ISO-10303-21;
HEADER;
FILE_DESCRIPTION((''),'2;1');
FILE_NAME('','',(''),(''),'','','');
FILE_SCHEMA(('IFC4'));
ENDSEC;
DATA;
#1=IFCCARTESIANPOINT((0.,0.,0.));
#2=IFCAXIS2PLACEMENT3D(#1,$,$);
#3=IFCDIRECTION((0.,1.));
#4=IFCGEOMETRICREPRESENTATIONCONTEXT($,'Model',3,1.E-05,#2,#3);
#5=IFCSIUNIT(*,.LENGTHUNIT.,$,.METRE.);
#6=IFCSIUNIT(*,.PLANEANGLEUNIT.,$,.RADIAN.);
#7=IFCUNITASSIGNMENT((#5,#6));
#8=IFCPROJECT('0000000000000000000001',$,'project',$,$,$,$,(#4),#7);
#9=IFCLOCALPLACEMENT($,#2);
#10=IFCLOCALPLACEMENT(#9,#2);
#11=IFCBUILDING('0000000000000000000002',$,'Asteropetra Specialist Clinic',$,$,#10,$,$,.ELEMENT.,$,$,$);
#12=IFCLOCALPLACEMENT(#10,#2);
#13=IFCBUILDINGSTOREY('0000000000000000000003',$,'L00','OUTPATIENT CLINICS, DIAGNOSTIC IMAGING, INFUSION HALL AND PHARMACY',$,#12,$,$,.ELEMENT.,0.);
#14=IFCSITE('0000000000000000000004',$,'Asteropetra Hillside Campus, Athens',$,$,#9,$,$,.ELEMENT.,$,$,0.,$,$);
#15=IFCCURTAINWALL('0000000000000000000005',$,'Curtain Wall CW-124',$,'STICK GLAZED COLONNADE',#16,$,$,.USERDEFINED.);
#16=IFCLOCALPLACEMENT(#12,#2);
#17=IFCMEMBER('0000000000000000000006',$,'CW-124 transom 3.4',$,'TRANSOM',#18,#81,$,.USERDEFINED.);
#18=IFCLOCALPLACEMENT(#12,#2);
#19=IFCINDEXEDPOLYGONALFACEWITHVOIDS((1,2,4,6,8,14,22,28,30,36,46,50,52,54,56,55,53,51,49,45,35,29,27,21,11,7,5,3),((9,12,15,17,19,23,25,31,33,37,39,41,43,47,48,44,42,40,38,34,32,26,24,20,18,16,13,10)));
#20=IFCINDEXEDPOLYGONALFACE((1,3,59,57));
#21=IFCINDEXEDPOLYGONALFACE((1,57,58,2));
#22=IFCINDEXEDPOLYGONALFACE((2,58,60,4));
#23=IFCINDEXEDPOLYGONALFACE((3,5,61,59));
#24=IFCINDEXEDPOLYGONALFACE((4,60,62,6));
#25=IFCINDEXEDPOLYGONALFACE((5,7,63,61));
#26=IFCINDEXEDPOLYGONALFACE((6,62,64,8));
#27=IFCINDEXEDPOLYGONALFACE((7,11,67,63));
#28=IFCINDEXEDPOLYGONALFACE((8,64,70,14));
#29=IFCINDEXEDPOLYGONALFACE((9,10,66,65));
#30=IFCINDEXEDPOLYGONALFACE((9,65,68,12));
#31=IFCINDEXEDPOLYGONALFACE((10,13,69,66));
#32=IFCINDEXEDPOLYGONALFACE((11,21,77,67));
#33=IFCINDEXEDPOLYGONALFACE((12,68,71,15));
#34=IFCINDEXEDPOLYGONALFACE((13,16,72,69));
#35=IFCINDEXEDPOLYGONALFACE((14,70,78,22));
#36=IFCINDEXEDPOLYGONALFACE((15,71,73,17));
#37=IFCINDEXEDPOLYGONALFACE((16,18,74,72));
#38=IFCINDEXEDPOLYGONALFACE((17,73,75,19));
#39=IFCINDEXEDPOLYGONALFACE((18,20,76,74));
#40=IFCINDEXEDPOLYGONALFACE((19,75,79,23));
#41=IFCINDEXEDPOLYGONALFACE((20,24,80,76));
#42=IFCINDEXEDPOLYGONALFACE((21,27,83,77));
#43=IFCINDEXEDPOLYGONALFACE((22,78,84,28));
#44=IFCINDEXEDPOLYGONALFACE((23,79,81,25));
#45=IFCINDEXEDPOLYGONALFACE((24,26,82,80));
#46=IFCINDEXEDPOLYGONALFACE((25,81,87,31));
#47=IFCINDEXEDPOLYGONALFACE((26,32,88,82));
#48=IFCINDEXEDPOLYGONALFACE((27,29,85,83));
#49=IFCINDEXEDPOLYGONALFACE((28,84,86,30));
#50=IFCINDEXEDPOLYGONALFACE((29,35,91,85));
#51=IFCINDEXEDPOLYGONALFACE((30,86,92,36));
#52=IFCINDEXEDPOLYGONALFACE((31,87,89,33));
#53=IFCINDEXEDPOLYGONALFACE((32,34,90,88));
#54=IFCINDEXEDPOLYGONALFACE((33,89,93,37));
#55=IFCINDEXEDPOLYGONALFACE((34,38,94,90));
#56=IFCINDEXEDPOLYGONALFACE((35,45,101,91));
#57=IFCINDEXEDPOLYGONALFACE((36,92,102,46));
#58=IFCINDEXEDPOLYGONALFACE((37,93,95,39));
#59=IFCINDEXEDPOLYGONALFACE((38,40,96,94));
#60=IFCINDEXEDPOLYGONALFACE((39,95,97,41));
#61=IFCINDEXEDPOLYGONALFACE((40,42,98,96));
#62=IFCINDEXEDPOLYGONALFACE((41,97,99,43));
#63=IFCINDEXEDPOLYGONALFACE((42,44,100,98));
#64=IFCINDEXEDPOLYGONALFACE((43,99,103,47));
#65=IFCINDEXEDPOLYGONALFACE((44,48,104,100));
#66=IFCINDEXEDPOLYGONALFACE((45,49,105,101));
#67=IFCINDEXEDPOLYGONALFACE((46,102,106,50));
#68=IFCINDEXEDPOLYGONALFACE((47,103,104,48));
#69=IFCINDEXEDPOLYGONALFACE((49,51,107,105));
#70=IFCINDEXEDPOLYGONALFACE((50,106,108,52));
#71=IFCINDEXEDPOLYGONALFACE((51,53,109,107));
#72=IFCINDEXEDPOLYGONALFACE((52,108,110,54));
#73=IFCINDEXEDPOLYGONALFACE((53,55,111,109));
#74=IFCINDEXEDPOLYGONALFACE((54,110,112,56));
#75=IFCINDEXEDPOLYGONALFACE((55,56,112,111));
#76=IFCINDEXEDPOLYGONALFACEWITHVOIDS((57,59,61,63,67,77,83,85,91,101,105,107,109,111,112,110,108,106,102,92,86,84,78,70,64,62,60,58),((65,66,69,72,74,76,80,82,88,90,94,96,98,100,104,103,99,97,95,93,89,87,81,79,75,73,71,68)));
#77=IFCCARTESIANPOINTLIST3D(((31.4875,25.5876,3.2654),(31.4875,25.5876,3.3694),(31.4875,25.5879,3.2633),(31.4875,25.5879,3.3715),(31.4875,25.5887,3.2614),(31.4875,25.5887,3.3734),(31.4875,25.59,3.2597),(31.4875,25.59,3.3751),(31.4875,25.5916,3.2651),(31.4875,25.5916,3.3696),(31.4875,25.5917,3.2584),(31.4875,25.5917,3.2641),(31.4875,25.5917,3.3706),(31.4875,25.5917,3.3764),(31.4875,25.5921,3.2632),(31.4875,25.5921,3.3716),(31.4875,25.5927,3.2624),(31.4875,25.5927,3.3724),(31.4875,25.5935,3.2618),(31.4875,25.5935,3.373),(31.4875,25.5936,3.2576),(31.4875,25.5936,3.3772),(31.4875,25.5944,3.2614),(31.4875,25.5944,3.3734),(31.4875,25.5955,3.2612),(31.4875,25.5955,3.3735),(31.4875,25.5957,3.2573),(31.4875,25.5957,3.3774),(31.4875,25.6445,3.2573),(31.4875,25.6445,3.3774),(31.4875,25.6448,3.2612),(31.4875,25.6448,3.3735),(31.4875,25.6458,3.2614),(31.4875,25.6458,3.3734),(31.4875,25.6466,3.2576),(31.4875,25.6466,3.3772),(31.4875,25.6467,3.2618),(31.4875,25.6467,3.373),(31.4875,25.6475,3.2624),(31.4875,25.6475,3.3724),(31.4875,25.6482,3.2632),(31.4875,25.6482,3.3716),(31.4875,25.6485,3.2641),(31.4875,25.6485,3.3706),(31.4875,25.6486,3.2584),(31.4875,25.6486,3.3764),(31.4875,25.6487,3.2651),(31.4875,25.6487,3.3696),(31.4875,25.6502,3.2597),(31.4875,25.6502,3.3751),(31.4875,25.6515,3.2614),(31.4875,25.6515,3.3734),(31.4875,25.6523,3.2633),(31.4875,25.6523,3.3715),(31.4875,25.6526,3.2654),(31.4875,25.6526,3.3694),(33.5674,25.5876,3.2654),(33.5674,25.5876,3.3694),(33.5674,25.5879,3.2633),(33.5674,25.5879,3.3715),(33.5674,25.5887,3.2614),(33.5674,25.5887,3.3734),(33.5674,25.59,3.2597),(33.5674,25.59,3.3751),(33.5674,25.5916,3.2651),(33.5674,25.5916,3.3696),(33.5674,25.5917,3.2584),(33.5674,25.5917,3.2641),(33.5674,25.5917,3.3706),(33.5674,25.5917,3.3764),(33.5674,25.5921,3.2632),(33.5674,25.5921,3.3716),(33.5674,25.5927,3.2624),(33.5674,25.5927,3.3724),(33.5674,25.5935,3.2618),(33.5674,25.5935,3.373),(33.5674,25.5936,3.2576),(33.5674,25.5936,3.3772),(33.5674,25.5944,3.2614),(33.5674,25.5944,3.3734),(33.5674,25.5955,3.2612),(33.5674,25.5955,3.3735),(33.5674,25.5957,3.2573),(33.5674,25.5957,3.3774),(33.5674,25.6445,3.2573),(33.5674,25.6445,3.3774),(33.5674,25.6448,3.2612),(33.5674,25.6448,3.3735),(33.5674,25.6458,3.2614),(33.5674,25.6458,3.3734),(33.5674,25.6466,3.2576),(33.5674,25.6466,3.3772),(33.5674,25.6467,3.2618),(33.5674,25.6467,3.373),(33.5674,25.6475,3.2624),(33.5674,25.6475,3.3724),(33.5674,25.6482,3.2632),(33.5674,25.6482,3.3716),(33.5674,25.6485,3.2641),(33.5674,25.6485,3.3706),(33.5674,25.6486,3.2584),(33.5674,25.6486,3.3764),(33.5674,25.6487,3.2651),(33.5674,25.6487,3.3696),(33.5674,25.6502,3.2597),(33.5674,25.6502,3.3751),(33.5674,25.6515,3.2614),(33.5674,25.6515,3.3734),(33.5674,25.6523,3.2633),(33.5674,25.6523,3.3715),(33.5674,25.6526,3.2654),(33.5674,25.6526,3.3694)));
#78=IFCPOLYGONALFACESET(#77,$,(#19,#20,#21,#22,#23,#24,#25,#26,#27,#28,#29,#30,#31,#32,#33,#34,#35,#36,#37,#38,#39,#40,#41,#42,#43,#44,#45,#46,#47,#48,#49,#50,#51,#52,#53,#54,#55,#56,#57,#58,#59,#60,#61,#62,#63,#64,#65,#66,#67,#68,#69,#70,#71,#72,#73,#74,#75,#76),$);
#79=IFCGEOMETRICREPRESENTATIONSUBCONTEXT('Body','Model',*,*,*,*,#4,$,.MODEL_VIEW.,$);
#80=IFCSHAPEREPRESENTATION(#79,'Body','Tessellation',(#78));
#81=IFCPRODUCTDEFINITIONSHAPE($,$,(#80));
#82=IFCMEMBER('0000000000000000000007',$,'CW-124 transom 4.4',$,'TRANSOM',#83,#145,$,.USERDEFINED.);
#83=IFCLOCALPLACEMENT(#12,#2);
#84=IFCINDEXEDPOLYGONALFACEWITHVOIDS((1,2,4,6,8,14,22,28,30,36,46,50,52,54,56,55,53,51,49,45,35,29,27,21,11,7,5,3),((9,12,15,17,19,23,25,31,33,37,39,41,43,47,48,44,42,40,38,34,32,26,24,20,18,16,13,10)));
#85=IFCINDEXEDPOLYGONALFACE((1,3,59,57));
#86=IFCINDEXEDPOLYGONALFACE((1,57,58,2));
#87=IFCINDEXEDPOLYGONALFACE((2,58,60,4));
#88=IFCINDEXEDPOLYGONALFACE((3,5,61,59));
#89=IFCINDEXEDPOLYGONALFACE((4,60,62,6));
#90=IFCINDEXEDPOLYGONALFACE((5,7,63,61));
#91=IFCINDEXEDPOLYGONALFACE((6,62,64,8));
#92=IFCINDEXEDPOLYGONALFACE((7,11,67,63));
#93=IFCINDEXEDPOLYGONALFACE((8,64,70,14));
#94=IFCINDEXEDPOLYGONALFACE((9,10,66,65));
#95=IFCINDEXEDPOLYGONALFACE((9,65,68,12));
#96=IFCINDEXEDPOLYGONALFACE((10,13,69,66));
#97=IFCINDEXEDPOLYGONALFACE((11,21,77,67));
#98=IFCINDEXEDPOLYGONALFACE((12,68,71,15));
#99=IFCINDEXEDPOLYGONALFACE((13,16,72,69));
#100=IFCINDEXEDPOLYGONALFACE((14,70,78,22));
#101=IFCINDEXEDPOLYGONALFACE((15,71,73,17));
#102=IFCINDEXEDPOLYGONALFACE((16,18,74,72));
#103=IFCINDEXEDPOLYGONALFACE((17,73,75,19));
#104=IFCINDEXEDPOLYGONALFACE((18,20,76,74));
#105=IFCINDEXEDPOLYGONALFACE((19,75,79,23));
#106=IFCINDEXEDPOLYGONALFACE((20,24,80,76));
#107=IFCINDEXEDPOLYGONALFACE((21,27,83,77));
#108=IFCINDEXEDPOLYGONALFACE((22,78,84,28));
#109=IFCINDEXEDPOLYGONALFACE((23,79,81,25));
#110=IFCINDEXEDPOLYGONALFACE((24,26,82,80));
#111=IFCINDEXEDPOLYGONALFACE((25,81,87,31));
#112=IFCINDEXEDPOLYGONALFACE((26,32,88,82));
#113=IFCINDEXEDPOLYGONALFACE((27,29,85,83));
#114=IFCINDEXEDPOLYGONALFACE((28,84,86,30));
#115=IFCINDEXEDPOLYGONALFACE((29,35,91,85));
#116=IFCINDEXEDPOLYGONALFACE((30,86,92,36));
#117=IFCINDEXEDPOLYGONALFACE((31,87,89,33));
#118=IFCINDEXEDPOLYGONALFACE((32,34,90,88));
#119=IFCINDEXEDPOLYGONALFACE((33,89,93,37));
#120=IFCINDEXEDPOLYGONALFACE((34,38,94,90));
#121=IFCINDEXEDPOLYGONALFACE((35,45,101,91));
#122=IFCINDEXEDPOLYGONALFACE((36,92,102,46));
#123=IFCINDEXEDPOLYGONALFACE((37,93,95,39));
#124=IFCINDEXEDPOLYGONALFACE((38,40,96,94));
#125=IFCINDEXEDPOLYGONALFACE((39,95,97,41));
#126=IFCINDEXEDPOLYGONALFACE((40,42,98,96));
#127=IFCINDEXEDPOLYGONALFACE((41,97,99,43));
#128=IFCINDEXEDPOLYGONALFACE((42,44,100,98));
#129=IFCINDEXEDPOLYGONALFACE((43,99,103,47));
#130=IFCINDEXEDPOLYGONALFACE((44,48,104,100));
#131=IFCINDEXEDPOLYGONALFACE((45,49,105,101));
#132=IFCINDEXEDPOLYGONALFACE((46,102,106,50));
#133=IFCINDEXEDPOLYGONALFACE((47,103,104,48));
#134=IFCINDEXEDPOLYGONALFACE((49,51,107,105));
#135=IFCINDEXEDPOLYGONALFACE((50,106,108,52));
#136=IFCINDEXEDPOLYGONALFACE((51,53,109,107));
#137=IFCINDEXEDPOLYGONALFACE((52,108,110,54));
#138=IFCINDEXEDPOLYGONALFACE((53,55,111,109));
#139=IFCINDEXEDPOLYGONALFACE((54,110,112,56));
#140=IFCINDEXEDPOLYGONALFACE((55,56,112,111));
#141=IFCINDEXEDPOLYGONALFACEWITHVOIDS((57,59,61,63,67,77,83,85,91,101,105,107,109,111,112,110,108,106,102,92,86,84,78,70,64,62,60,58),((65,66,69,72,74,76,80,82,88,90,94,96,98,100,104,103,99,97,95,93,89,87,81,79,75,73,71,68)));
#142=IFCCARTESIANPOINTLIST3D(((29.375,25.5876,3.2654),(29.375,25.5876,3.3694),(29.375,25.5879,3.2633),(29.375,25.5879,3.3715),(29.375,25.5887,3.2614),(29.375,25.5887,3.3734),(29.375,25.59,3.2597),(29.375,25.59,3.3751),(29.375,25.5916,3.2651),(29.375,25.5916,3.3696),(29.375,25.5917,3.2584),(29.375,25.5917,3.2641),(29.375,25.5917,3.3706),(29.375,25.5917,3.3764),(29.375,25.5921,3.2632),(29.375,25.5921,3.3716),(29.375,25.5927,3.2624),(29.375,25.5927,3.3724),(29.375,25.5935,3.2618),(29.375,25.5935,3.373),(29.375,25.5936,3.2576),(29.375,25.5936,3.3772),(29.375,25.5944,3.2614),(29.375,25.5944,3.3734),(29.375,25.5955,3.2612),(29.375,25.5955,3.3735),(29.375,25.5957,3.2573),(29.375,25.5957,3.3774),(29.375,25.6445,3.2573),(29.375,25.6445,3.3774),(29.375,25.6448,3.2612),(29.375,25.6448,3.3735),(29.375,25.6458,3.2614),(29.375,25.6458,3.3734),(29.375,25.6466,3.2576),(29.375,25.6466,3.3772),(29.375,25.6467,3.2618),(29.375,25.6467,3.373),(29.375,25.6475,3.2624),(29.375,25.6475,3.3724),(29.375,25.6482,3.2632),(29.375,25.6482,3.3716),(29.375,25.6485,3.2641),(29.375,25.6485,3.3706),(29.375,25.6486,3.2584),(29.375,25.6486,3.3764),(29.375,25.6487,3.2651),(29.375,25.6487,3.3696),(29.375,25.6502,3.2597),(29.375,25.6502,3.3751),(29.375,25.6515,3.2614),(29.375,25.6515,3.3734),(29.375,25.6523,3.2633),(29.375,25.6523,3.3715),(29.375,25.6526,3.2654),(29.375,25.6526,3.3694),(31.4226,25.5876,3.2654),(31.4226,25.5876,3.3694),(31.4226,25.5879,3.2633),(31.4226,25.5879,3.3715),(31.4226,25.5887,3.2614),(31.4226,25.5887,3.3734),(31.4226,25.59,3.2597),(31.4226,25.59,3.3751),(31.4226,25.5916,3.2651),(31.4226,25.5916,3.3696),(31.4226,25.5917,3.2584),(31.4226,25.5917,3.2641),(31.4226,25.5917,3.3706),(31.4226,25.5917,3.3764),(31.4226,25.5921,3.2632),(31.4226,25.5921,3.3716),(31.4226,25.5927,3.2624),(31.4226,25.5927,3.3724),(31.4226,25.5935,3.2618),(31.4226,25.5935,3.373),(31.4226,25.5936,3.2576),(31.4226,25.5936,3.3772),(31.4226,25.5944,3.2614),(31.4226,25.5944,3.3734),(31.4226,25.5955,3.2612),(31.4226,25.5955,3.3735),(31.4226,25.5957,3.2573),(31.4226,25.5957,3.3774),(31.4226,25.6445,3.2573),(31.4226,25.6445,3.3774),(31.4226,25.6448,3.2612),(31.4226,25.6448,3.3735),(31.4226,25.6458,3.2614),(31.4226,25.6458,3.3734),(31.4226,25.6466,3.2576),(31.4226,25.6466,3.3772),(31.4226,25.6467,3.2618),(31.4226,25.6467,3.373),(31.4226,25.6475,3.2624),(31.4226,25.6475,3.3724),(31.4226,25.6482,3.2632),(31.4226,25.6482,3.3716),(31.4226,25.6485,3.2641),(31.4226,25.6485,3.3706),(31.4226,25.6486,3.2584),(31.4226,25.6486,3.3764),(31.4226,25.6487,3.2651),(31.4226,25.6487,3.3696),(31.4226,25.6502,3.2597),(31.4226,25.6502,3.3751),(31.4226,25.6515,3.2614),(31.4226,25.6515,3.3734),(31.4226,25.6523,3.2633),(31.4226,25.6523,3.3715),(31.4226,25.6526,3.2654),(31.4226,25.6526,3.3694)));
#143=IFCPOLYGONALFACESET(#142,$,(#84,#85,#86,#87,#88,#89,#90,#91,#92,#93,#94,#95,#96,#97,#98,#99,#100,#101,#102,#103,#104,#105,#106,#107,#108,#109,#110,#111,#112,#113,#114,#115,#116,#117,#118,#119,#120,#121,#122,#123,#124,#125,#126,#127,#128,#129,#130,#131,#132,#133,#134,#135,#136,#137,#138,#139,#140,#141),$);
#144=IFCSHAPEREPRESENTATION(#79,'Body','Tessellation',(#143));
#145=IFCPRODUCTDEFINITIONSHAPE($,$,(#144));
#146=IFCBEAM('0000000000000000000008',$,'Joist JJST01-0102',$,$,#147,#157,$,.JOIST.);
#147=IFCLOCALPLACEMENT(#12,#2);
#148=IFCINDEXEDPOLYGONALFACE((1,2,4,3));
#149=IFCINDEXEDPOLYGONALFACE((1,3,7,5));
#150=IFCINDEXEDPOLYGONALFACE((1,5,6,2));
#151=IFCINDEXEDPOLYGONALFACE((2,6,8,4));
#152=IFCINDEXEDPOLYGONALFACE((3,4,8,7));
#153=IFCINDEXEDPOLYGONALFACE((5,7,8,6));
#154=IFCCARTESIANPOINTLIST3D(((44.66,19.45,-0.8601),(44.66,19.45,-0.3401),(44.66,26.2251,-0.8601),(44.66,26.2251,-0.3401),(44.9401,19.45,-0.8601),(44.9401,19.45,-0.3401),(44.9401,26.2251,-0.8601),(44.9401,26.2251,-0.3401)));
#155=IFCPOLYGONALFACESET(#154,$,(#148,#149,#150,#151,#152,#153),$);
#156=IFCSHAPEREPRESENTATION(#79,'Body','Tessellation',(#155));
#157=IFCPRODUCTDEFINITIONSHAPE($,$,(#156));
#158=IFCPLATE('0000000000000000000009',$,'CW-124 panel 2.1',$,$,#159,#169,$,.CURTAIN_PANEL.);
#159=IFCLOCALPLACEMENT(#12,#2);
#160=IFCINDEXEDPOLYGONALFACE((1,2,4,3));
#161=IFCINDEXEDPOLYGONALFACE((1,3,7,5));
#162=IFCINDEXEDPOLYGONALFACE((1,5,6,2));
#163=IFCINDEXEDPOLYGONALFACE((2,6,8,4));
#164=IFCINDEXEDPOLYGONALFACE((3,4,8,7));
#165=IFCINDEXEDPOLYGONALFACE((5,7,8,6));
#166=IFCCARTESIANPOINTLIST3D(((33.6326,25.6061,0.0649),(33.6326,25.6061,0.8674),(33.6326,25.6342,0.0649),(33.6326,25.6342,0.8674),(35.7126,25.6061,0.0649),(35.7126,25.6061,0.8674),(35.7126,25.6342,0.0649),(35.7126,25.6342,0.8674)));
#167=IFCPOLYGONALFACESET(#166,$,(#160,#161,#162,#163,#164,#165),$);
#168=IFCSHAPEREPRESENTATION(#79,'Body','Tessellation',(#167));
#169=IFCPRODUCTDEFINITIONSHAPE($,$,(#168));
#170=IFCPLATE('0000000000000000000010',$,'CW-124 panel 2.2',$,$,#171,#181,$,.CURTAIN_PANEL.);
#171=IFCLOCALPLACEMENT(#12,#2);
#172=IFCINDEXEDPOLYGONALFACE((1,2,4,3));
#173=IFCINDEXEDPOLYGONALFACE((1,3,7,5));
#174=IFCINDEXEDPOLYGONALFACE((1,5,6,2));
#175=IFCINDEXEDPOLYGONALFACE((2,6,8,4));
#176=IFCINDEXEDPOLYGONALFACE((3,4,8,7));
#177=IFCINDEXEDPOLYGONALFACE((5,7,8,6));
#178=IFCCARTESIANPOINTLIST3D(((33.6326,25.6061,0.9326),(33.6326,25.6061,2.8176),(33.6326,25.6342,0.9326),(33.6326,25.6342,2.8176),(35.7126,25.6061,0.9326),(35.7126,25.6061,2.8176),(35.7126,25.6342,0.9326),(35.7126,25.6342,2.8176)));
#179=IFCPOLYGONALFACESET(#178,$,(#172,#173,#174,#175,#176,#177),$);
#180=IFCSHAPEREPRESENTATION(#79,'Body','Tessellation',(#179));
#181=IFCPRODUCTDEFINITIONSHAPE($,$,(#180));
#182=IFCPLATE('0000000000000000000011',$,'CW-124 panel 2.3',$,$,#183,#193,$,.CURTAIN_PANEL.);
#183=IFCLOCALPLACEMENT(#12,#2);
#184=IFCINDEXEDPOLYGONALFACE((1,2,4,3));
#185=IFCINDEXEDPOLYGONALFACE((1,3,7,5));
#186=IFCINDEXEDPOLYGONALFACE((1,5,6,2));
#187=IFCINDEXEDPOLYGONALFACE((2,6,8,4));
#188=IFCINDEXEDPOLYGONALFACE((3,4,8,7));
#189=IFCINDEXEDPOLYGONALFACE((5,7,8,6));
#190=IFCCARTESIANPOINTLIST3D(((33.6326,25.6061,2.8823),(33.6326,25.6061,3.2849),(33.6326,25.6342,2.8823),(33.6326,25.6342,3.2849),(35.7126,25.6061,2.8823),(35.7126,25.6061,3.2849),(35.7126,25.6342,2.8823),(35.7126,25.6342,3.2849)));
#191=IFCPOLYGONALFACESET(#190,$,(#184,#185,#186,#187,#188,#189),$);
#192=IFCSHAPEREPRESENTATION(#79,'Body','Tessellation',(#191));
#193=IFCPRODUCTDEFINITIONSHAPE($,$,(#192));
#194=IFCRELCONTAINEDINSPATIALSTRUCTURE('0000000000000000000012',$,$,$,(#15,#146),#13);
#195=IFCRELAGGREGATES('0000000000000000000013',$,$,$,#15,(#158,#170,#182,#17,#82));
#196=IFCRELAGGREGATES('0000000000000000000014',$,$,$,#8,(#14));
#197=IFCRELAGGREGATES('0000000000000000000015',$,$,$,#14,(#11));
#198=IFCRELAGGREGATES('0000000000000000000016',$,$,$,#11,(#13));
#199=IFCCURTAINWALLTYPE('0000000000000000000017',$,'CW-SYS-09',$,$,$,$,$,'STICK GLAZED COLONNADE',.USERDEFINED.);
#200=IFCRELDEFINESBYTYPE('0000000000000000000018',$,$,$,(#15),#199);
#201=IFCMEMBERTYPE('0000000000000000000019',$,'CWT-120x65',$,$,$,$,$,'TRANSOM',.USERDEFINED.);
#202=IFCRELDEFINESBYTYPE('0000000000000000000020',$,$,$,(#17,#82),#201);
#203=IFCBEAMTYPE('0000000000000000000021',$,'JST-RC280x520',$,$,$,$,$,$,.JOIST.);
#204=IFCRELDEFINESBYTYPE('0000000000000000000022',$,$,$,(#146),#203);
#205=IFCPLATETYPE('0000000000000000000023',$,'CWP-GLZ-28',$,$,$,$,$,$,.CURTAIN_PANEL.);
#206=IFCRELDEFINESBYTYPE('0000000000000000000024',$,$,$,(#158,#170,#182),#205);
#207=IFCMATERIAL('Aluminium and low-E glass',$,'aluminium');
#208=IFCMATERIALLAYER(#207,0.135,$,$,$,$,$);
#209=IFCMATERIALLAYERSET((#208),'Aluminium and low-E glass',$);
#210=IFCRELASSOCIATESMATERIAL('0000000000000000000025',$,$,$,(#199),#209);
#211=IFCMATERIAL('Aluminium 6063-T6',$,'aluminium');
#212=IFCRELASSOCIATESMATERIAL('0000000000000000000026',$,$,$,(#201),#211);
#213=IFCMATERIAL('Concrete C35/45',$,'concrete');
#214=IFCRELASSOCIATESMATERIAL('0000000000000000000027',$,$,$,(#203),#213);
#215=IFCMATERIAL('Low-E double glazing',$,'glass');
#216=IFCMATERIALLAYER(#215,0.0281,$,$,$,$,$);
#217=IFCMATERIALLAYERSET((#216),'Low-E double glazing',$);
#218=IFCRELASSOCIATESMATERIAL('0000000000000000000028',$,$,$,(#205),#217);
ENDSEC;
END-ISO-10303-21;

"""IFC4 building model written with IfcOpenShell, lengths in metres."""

from ifc_helpers import new_model, si_unit, direction, frame, origin, origin_2d, place, context, subcontext, project, spatial, rectangle, hollow_rectangle, extrude, material, layer, layer_set, material_profile, profile_set, type_object, element, aggregate, save


model = new_model("IFC4")

# Units and contexts
model_context = context("Model", 3, precision=1e-05, world=origin(), true_north=direction((0.0, 1.0)))
body_context = subcontext(model_context, "Body", "Model", "MODEL_VIEW")
ifc_project = project(units=[si_unit("LENGTHUNIT", "METRE"), si_unit("PLANEANGLEUNIT", "RADIAN")], contexts=[model_context])

# Site, building, storey
site_placement = place(None, origin())
site = spatial("IfcSite", under=ifc_project, at=site_placement, Name="Asteropetra Hillside Campus, Athens", CompositionType="ELEMENT", RefElevation=0.0)
building_placement = place(site_placement, origin())
building = spatial("IfcBuilding", under=site, at=building_placement, Name="Asteropetra Specialist Clinic", CompositionType="ELEMENT")
storey_placement = place(building_placement, origin())
storey = spatial("IfcBuildingStorey", under=building, at=storey_placement, Name="L00", Description="OUTPATIENT CLINICS, DIAGNOSTIC IMAGING, INFUSION HALL AND PHARMACY", CompositionType="ELEMENT", Elevation=0.0)

# Curtain wall, members
ifc_material_1 = material(Name="Aluminium and low-E glass", Category="aluminium")
ifc_layer_1 = layer(ifc_material_1, 0.135)
ifc_layer_set_1 = layer_set([ifc_layer_1], Name="Aluminium and low-E glass")
curtain_wall_type = type_object("IfcCurtainWallType", Name="CW-SYS-09", ElementType="STICK GLAZED COLONNADE", PredefinedType="USERDEFINED", material=ifc_layer_set_1)
curtain_wall_placement = place(storey_placement, origin())
curtain_wall = element("IfcCurtainWall", 1, at=curtain_wall_placement, inside=storey, type_object=curtain_wall_type, Name="Curtain Wall CW-124", ObjectType="STICK GLAZED COLONNADE", PredefinedType="USERDEFINED")
ifc_material_2 = material(Name="Aluminium 6063-T6", Category="aluminium")
ifc_material_profile_1 = material_profile(ifc_material_2, hollow_rectangle(XDim=0.0649, YDim=0.1201, WallThickness=0.0039, InnerFilletRadius=0.0039, OuterFilletRadius=0.0081, at=origin_2d()), Name="TRN 120x65x4.0")
ifc_profile_set_1 = profile_set([ifc_material_profile_1], Name="Aluminium 6063-T6")
member_type_1 = type_object("IfcMemberType", Name="CWT-120x65", ElementType="TRANSOM", PredefinedType="USERDEFINED", material=ifc_profile_set_1)
member_1_placement = place(storey_placement, frame((33.5674, 25.6201, 3.3174), z_axis=(-1.0, 0.0, 0.0), x_axis=(0.0, -1.0, 0.0)))
member_1 = element("IfcMember", 2, at=member_1_placement, type_object=member_type_1, Name="CW-124 transom 3.4", ObjectType="TRANSOM", PredefinedType="USERDEFINED", context=body_context, shape_type="SweptSolid", body=[
    extrude(hollow_rectangle(XDim=0.0649, YDim=0.1201, WallThickness=0.0039, InnerFilletRadius=0.0039, OuterFilletRadius=0.0081, at=origin_2d()), origin(), (0.0, 0.0, 1.0), 2.0798),
])
member_2_placement = place(storey_placement, frame((31.4226, 25.6201, 3.3174), z_axis=(-1.0, 0.0, 0.0), x_axis=(0.0, -1.0, 0.0)))
member_2 = element("IfcMember", 3, at=member_2_placement, type_object=member_type_1, Name="CW-124 transom 4.4", ObjectType="TRANSOM", PredefinedType="USERDEFINED", context=body_context, shape_type="SweptSolid", body=[
    extrude(hollow_rectangle(XDim=0.0649, YDim=0.1201, WallThickness=0.0039, InnerFilletRadius=0.0039, OuterFilletRadius=0.0081, at=origin_2d()), origin(), (0.0, 0.0, 1.0), 2.0476),
])

# Beam
ifc_material_3 = material(Name="Concrete C35/45", Category="concrete")
ifc_material_profile_2 = material_profile(ifc_material_3, rectangle(XDim=0.28, YDim=0.52, at=origin_2d()), Name="RCJ 280x520")
ifc_profile_set_2 = profile_set([ifc_material_profile_2], Name="Concrete C35/45")
beam_type_1 = type_object("IfcBeamType", Name="JST-RC280x520", PredefinedType="JOIST", material=ifc_profile_set_2)
beam_1_placement = place(storey_placement, frame((44.8, 19.45, -0.6001), z_axis=(0.0, 1.0, 0.0), x_axis=(-1.0, 0.0, 0.0)))
element("IfcBeam", 4, at=beam_1_placement, inside=storey, type_object=beam_type_1, Name="Joist JJST01-0102", PredefinedType="JOIST", context=body_context, shape_type="SweptSolid", body=[
    extrude(rectangle(XDim=0.28, YDim=0.52, at=origin_2d()), origin(), (0.0, 0.0, 1.0), 6.7751),
])

# Plates
ifc_material_4 = material(Name="Low-E double glazing", Category="glass")
ifc_layer_2 = layer(ifc_material_4, 0.0281)
ifc_layer_set_2 = layer_set([ifc_layer_2], Name="Low-E double glazing")
plate_type = type_object("IfcPlateType", Name="CWP-GLZ-28", PredefinedType="CURTAIN_PANEL", material=ifc_layer_set_2)
plate_1_placement = place(storey_placement, frame((34.6726, 25.6201, 0.0649), z_axis=(0.0, 0.0, 1.0), x_axis=(-1.0, 0.0, 0.0)))
plate_1 = element("IfcPlate", 5, at=plate_1_placement, type_object=plate_type, Name="CW-124 panel 2.1", PredefinedType="CURTAIN_PANEL", context=body_context, shape_type="SweptSolid", body=[
    extrude(rectangle(XDim=2.0801, YDim=0.0281, at=origin_2d()), origin(), (0.0, 0.0, 1.0), 0.8025),
])
plate_2_placement = place(storey_placement, frame((34.6726, 25.6201, 0.9326), z_axis=(0.0, 0.0, 1.0), x_axis=(-1.0, 0.0, 0.0)))
plate_2 = element("IfcPlate", 6, at=plate_2_placement, type_object=plate_type, Name="CW-124 panel 2.2", PredefinedType="CURTAIN_PANEL", context=body_context, shape_type="SweptSolid", body=[
    extrude(rectangle(XDim=2.0801, YDim=0.0281, at=origin_2d()), origin(), (0.0, 0.0, 1.0), 1.885),
])
plate_3_placement = place(storey_placement, frame((34.6726, 25.6201, 2.8823), z_axis=(0.0, 0.0, 1.0), x_axis=(-1.0, 0.0, 0.0)))
plate_3 = element("IfcPlate", 7, at=plate_3_placement, type_object=plate_type, Name="CW-124 panel 2.3", PredefinedType="CURTAIN_PANEL", context=body_context, shape_type="SweptSolid", body=[
    extrude(rectangle(XDim=2.0801, YDim=0.0281, at=origin_2d()), origin(), (0.0, 0.0, 1.0), 0.4026),
])
aggregate(curtain_wall, [plate_1, plate_2, plate_3, member_1, member_2])

save(model, "model.ifc")
